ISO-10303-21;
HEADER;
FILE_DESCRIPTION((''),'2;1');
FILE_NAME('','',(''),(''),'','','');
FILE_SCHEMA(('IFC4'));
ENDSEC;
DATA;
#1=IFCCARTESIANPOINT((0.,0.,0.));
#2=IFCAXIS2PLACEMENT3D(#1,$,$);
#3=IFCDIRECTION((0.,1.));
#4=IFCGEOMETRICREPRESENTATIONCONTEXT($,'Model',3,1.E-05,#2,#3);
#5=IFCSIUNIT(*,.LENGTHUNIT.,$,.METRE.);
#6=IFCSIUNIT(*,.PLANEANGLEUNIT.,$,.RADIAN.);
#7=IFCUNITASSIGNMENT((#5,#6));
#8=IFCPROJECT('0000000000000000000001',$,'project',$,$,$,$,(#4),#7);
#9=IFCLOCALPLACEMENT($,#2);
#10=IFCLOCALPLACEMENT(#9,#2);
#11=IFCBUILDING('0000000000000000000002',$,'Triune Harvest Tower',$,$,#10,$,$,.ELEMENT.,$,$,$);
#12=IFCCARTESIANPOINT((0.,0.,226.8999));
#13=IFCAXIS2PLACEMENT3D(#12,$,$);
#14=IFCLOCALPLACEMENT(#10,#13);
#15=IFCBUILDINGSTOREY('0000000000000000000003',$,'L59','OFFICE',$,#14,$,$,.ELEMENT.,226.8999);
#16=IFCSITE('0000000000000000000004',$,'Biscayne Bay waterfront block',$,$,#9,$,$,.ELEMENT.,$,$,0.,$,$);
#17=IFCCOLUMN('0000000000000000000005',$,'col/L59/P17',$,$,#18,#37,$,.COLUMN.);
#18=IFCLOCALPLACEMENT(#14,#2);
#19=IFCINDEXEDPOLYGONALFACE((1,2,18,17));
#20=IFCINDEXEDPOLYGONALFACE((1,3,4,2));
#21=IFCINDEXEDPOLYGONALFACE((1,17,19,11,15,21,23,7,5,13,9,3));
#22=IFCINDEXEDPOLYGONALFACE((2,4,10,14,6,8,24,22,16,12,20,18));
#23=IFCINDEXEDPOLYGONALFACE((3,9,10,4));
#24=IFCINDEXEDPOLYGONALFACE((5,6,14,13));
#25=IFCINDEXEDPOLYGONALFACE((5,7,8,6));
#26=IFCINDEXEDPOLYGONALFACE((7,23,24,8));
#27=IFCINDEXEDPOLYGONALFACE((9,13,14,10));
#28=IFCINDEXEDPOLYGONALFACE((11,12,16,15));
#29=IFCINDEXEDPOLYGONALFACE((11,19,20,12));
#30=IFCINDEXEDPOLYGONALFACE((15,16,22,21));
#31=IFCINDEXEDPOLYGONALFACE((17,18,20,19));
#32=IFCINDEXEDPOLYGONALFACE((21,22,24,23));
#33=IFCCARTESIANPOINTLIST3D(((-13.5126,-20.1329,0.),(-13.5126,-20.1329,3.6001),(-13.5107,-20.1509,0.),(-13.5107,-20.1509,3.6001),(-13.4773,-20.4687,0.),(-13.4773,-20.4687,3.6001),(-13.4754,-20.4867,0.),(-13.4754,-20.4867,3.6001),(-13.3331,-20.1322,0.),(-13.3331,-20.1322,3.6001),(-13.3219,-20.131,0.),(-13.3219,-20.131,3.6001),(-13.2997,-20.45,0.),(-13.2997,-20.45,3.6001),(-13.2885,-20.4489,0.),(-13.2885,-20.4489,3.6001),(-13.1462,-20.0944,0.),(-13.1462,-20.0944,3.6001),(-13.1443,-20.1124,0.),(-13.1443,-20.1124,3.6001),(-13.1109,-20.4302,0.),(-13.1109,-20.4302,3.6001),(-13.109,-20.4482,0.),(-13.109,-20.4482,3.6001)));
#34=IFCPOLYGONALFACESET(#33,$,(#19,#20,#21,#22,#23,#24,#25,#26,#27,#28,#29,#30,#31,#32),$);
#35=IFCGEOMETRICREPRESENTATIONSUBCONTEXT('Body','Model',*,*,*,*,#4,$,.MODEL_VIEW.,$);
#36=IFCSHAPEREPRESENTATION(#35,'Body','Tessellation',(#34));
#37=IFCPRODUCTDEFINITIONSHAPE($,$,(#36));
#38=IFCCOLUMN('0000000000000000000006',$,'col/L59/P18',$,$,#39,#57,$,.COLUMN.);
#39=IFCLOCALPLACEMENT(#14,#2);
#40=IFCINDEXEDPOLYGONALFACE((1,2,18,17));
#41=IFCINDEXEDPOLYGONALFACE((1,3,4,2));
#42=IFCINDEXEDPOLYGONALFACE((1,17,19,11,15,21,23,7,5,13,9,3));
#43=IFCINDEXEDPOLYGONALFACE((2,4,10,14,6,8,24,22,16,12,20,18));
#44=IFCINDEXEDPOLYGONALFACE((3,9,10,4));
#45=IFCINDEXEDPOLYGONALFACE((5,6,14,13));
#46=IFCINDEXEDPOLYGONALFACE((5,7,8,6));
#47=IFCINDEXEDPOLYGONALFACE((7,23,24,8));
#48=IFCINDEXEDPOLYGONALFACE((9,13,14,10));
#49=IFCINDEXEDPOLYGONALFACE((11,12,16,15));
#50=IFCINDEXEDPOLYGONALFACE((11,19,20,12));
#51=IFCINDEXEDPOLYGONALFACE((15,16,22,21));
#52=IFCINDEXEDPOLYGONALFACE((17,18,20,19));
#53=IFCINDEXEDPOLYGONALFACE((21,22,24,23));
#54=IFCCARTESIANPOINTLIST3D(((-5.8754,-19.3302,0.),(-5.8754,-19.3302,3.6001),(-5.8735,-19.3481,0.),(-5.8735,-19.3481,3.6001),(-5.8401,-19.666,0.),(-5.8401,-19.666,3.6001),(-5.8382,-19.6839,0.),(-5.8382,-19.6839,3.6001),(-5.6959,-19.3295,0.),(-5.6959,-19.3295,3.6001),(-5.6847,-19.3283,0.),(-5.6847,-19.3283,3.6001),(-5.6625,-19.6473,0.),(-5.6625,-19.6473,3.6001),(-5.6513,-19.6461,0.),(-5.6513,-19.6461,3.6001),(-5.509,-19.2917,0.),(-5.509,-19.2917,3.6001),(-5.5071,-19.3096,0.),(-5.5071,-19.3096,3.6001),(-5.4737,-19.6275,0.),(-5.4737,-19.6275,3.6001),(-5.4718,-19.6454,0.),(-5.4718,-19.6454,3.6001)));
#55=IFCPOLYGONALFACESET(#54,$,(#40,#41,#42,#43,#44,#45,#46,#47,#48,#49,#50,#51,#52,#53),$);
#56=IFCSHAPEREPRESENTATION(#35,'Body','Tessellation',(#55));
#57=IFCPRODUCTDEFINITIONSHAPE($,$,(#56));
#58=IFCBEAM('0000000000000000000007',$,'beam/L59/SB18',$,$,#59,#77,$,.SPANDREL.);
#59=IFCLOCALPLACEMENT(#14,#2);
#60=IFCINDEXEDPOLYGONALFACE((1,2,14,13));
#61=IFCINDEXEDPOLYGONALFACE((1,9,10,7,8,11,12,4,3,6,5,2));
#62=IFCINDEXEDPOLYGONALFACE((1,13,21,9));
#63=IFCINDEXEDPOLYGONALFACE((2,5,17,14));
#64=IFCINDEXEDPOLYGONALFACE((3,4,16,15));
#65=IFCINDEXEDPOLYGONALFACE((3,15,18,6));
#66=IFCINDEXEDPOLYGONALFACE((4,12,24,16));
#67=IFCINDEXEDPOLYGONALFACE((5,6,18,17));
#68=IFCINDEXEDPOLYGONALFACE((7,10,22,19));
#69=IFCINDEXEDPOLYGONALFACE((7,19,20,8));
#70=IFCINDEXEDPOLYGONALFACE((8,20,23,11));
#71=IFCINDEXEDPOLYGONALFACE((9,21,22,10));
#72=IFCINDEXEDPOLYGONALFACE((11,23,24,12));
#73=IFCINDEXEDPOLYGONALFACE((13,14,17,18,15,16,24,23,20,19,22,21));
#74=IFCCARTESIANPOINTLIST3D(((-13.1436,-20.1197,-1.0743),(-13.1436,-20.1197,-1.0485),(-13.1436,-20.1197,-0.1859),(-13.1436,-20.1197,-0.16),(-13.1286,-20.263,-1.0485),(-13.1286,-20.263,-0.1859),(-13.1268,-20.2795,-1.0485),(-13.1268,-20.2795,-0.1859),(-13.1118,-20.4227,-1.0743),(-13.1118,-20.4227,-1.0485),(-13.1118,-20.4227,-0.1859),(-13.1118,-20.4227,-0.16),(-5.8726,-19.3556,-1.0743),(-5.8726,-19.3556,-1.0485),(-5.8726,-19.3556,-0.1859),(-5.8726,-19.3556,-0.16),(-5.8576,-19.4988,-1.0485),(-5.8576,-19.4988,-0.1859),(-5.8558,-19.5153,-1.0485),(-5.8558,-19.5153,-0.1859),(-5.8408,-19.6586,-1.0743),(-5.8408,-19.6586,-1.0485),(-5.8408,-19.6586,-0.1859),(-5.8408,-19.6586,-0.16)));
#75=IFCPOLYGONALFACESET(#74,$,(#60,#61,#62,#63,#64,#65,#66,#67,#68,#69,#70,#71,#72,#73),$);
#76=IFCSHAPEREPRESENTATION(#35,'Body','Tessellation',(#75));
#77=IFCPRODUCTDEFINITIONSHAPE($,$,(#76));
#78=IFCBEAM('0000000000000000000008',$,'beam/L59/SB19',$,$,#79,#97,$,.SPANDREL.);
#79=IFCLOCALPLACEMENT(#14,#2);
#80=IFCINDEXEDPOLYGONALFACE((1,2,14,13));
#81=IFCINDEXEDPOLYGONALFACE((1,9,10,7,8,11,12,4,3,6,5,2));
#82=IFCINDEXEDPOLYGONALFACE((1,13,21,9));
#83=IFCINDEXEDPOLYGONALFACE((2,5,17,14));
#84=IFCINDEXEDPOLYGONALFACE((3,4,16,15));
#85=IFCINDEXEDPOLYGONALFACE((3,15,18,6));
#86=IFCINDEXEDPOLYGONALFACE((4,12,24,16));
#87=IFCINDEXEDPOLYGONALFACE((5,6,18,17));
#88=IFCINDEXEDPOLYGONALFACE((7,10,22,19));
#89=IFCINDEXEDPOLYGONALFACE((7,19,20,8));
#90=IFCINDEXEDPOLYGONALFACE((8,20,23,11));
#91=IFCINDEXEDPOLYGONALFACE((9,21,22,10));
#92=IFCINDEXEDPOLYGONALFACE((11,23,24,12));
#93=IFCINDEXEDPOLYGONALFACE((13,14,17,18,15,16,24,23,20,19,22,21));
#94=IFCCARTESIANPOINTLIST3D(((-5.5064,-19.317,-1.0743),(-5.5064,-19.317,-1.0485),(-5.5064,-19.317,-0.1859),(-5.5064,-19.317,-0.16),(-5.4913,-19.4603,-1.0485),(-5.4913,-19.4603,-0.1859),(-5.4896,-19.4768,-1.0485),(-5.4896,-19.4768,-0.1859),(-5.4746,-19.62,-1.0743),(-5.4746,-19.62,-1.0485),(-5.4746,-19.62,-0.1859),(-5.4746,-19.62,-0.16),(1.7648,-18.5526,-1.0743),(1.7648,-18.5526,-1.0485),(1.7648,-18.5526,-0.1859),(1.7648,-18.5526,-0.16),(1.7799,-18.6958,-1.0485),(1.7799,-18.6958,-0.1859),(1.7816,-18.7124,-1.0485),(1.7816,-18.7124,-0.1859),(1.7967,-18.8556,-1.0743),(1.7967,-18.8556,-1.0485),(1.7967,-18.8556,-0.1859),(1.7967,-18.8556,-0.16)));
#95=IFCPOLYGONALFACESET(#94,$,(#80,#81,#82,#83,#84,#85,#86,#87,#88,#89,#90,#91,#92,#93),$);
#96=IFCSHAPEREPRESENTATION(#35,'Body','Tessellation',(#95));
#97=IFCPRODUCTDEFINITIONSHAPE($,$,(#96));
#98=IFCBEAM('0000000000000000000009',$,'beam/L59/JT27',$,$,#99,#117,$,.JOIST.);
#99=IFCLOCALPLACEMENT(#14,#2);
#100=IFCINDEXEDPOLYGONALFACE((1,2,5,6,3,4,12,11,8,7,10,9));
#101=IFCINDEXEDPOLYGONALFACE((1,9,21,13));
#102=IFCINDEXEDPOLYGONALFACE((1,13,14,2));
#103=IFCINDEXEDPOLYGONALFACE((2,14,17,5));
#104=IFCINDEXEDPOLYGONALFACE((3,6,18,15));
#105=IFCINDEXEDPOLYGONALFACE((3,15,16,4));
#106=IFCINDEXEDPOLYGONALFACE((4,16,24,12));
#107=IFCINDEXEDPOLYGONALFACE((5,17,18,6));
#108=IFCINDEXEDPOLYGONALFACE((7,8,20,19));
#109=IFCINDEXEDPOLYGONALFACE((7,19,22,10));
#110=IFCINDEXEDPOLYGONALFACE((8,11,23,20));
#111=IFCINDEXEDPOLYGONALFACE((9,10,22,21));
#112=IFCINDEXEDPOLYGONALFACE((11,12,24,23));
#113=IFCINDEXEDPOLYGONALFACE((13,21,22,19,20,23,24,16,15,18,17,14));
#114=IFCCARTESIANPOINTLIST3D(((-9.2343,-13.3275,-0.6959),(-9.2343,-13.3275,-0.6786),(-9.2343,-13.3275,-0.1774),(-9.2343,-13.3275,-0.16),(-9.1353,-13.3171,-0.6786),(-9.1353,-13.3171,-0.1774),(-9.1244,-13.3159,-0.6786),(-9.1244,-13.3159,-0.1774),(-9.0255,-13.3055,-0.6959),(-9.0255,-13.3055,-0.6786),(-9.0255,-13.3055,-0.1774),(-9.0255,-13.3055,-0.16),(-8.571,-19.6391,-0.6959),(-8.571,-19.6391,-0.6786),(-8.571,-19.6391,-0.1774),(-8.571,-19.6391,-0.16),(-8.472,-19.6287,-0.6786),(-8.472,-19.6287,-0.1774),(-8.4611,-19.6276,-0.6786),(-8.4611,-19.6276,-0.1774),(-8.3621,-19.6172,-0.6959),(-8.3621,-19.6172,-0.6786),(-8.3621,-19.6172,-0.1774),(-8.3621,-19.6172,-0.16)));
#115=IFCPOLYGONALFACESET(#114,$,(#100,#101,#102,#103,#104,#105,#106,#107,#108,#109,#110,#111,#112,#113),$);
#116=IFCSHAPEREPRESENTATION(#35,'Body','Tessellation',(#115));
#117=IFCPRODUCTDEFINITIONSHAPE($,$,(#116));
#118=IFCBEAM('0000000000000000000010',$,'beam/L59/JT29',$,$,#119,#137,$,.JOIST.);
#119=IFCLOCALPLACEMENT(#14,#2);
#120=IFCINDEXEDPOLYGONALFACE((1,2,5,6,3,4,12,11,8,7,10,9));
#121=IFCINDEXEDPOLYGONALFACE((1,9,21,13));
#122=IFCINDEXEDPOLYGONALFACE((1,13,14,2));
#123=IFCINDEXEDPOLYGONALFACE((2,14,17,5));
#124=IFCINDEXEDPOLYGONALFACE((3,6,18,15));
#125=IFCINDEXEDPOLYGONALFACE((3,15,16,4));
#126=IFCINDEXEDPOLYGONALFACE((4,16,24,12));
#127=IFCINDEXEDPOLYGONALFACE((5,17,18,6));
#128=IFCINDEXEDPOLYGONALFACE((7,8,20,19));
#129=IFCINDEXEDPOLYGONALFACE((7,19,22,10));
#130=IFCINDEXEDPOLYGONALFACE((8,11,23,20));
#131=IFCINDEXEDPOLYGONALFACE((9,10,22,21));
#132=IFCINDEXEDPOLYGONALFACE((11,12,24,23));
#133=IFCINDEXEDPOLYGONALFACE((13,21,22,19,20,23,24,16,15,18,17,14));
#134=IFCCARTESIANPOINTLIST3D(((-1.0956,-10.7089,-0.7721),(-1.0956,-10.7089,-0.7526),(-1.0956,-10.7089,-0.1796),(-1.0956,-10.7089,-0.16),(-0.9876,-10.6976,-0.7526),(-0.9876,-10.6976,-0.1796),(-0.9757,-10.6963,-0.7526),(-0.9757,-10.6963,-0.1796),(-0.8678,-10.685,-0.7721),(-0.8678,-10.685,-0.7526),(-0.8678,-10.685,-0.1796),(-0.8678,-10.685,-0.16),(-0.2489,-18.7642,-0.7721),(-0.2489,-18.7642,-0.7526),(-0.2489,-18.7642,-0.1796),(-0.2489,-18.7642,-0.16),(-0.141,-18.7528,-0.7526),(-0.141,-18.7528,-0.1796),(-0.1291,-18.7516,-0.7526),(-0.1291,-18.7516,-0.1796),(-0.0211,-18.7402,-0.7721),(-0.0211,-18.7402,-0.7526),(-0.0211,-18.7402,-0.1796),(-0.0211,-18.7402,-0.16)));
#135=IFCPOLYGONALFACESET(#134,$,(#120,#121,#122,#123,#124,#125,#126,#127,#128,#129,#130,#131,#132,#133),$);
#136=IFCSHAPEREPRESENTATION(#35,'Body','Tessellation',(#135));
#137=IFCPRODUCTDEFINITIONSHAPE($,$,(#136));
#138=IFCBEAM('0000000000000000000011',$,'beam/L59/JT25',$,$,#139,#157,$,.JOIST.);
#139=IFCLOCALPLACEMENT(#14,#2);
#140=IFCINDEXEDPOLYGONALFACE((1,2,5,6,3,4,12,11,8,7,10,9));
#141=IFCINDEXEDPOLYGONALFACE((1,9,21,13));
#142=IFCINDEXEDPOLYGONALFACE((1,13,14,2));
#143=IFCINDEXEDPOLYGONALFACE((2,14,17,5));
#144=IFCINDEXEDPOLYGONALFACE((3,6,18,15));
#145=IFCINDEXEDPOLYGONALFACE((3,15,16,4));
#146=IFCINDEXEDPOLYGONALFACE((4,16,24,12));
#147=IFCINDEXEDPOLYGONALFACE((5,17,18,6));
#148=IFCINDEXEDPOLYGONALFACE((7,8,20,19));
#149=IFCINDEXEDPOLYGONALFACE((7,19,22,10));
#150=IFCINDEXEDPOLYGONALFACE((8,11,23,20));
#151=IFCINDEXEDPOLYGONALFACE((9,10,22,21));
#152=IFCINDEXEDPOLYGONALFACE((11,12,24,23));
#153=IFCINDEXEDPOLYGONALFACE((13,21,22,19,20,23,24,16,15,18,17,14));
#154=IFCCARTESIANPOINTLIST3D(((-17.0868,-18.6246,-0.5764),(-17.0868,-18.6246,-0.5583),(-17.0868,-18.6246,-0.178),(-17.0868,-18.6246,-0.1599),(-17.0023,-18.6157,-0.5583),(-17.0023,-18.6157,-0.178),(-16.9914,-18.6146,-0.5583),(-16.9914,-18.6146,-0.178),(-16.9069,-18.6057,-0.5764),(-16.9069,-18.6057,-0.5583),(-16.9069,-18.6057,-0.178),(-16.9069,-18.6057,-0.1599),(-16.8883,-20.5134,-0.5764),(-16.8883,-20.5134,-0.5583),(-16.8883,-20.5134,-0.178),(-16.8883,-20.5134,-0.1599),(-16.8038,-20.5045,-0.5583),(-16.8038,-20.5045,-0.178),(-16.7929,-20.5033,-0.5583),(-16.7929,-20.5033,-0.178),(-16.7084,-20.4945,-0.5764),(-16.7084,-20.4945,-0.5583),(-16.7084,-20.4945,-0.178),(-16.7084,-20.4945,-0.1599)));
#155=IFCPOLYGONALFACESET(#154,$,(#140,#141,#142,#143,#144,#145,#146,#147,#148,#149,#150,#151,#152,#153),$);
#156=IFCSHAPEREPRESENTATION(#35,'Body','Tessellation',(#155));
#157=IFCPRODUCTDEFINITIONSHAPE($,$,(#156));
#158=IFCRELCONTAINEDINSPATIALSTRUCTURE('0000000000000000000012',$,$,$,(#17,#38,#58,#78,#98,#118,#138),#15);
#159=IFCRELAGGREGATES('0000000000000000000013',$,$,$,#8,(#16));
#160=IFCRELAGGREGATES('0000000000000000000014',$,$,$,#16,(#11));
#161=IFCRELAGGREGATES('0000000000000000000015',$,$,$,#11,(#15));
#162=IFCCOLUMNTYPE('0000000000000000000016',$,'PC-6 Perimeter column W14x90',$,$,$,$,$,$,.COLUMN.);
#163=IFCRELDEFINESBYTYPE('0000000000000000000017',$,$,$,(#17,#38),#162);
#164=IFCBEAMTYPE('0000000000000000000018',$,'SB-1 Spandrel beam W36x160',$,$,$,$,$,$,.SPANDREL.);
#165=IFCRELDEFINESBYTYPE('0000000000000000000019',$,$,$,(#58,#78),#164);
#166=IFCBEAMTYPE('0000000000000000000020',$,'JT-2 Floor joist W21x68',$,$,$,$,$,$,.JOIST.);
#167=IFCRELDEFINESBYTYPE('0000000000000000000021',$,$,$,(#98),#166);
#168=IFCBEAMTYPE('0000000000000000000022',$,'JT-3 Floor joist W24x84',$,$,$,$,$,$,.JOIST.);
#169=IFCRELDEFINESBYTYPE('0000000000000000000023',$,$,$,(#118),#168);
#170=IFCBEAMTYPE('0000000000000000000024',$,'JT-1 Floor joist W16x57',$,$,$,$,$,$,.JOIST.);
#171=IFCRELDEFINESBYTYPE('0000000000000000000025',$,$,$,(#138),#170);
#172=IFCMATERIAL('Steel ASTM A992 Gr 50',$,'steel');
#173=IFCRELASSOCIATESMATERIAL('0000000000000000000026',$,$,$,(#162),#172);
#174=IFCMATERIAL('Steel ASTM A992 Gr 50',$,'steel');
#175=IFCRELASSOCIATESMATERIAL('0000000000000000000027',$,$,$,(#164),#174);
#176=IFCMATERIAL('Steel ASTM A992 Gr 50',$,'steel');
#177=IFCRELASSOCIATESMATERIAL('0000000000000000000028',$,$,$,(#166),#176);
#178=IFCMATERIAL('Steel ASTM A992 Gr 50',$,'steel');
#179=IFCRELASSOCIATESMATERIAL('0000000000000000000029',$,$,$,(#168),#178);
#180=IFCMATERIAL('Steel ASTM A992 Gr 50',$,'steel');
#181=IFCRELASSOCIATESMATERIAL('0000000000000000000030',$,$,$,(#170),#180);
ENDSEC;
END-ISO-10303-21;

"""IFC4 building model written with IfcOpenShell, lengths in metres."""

from ifc_helpers import new_model, si_unit, direction, frame, origin, origin_2d, place, context, subcontext, project, spatial, i_section, extrude, source, transform, mapped, material, material_profile, profile_set, type_object, element, save


model = new_model("IFC4")

# Units and contexts
model_context = context("Model", 3, precision=1e-05, world=origin(), true_north=direction((0.0, 1.0)))
body_context = subcontext(model_context, "Body", "Model", "MODEL_VIEW")
ifc_project = project(units=[si_unit("LENGTHUNIT", "METRE"), si_unit("PLANEANGLEUNIT", "RADIAN")], contexts=[model_context])

# Site, building, storey
site_placement = place(None, origin())
site = spatial("IfcSite", under=ifc_project, at=site_placement, Name="Biscayne Bay waterfront block", CompositionType="ELEMENT", RefElevation=0.0)
building_placement = place(site_placement, origin())
building = spatial("IfcBuilding", under=site, at=building_placement, Name="Triune Harvest Tower", CompositionType="ELEMENT")
storey_placement = place(building_placement, frame((0.0, 0.0, 226.8999)))
storey = spatial("IfcBuildingStorey", under=building, at=storey_placement, Name="L59", Description="OFFICE", CompositionType="ELEMENT", Elevation=226.8999)

# Columns
ifc_material_1 = material(Name="Steel ASTM A992 Gr 50", Category="steel")
ifc_material_profile_1 = material_profile(ifc_material_1, i_section(OverallWidth=0.3684, OverallDepth=0.3557, WebThickness=0.0112, FlangeThickness=0.0181, at=origin_2d()), Name="W14x90")
ifc_profile_set_1 = profile_set([ifc_material_profile_1], Name="Steel ASTM A992 Gr 50")
column_type = type_object("IfcColumnType", Name="PC-6 Perimeter column W14x90", PredefinedType="COLUMN", material=ifc_profile_set_1)
shared_shape_1 = source(origin(), body_context, "Body", "SweptSolid", [
    extrude(i_section(OverallWidth=0.3684, OverallDepth=0.3557, WebThickness=0.0112, FlangeThickness=0.0181, at=origin_2d()), origin(), (0.0, 0.0, 1.0), 3.6001),
])
for number, where, z_axis, x_axis, name in (
    (1, (-13.3108, -20.2905, 0.0), (0.0, 0.0, 1.0), (0.994522, 0.10453, 0.0), "col/L59/P17"),
    (2, (-5.6736, -19.4878, 0.0), (0.0, 0.0, 1.0), (0.994522, 0.10453, 0.0), "col/L59/P18"),
):
    element("IfcColumn", number, at=place(storey_placement, frame(where, z_axis=z_axis, x_axis=x_axis)), inside=storey, type_object=column_type, Name=name, PredefinedType="COLUMN", context=body_context, shape_type="MappedRepresentation", body=[
        mapped(shared_shape_1, transform((0.0, 0.0, 0.0), scale=1.0)),
    ])

# Beams
ifc_material_2 = material(Name="Steel ASTM A992 Gr 50", Category="steel")
ifc_material_profile_2 = material_profile(ifc_material_2, i_section(OverallWidth=0.3047, OverallDepth=0.9143, WebThickness=0.0166, FlangeThickness=0.0259, at=origin_2d()), Name="W36x160")
ifc_profile_set_2 = profile_set([ifc_material_profile_2], Name="Steel ASTM A992 Gr 50")
beam_type_1 = type_object("IfcBeamType", Name="SB-1 Spandrel beam W36x160", PredefinedType="SPANDREL", material=ifc_profile_set_2)
shared_shape_2 = source(origin(), body_context, "Body", "SweptSolid", [
    extrude(i_section(OverallWidth=0.3047, OverallDepth=0.9143, WebThickness=0.0166, FlangeThickness=0.0259, at=origin_2d()), origin(), (0.0, 0.0, 1.0), 7.311),
])
beam_1_placement = place(storey_placement, frame((-13.1277, -20.2712, -0.6172), z_axis=(0.994523, 0.104521, 0.0), x_axis=(-0.104521, 0.994523, 0.0)))
element("IfcBeam", 3, at=beam_1_placement, inside=storey, type_object=beam_type_1, Name="beam/L59/SB18", PredefinedType="SPANDREL", context=body_context, shape_type="MappedRepresentation", body=[
    mapped(shared_shape_2, transform((0.0, 0.0, 0.0), scale=1.0)),
])
shared_shape_3 = source(origin(), body_context, "Body", "SweptSolid", [
    extrude(i_section(OverallWidth=0.3047, OverallDepth=0.9143, WebThickness=0.0166, FlangeThickness=0.0259, at=origin_2d()), origin(), (0.0, 0.0, 1.0), 7.3113),
])
beam_2_placement = place(storey_placement, frame((-5.4905, -19.4685, -0.6172), z_axis=(0.99452, 0.104551, 0.0), x_axis=(-0.104551, 0.99452, 0.0)))
element("IfcBeam", 4, at=beam_2_placement, inside=storey, type_object=beam_type_1, Name="beam/L59/SB19", PredefinedType="SPANDREL", context=body_context, shape_type="MappedRepresentation", body=[
    mapped(shared_shape_3, transform((0.0, 0.0, 0.0), scale=1.0)),
])
ifc_material_3 = material(Name="Steel ASTM A992 Gr 50", Category="steel")
ifc_material_profile_3 = material_profile(ifc_material_3, i_section(OverallWidth=0.21, OverallDepth=0.5359, WebThickness=0.011, FlangeThickness=0.0173, at=origin_2d()), Name="W21x68")
ifc_profile_set_3 = profile_set([ifc_material_profile_3], Name="Steel ASTM A992 Gr 50")
beam_type_2 = type_object("IfcBeamType", Name="JT-2 Floor joist W21x68", PredefinedType="JOIST", material=ifc_profile_set_3)
shared_shape_4 = source(origin(), body_context, "Body", "SweptSolid", [
    extrude(i_section(OverallWidth=0.21, OverallDepth=0.5359, WebThickness=0.011, FlangeThickness=0.0173, at=origin_2d()), origin(), (0.0, 0.0, 1.0), 6.3464),
])
beam_3_placement = place(storey_placement, frame((-8.4666, -19.6282, -0.428), z_axis=(-0.104519, 0.994523, 0.0), x_axis=(-0.994523, -0.104519, 0.0)))
element("IfcBeam", 5, at=beam_3_placement, inside=storey, type_object=beam_type_2, Name="beam/L59/JT27", PredefinedType="JOIST", context=body_context, shape_type="MappedRepresentation", body=[
    mapped(shared_shape_4, transform((0.0, 0.0, 0.0), scale=1.0)),
])
ifc_material_4 = material(Name="Steel ASTM A992 Gr 50", Category="steel")
ifc_material_profile_4 = material_profile(ifc_material_4, i_section(OverallWidth=0.229, OverallDepth=0.6121, WebThickness=0.012, FlangeThickness=0.0195, at=origin_2d()), Name="W24x84")
ifc_profile_set_4 = profile_set([ifc_material_profile_4], Name="Steel ASTM A992 Gr 50")
beam_type_3 = type_object("IfcBeamType", Name="JT-3 Floor joist W24x84", PredefinedType="JOIST", material=ifc_profile_set_4)
shared_shape_5 = source(origin(), body_context, "Body", "SweptSolid", [
    extrude(i_section(OverallWidth=0.229, OverallDepth=0.6121, WebThickness=0.012, FlangeThickness=0.0195, at=origin_2d()), origin(), (0.0, 0.0, 1.0), 8.0996),
])
beam_4_placement = place(storey_placement, frame((-0.135, -18.7522, -0.4661), z_axis=(-0.104534, 0.994521, 0.0), x_axis=(-0.994521, -0.104534, 0.0)))
element("IfcBeam", 6, at=beam_4_placement, inside=storey, type_object=beam_type_3, Name="beam/L59/JT29", PredefinedType="JOIST", context=body_context, shape_type="MappedRepresentation", body=[
    mapped(shared_shape_5, transform((0.0, 0.0, 0.0), scale=1.0)),
])
ifc_material_5 = material(Name="Steel ASTM A992 Gr 50", Category="steel")
ifc_material_profile_5 = material_profile(ifc_material_5, i_section(OverallWidth=0.1809, OverallDepth=0.4165, WebThickness=0.011, FlangeThickness=0.0181, at=origin_2d()), Name="W16x57")
ifc_profile_set_5 = profile_set([ifc_material_profile_5], Name="Steel ASTM A992 Gr 50")
beam_type_4 = type_object("IfcBeamType", Name="JT-1 Floor joist W16x57", PredefinedType="JOIST", material=ifc_profile_set_5)
shared_shape_6 = source(origin(), body_context, "Body", "SweptSolid", [
    extrude(i_section(OverallWidth=0.1809, OverallDepth=0.4165, WebThickness=0.011, FlangeThickness=0.0181, at=origin_2d()), origin(), (0.0, 0.0, 1.0), 1.8992),
])
beam_5_placement = place(storey_placement, frame((-16.7983, -20.5039, -0.3682), z_axis=(-0.104517, 0.994523, 0.0), x_axis=(-0.994523, -0.104517, 0.0)))
element("IfcBeam", 7, at=beam_5_placement, inside=storey, type_object=beam_type_4, Name="beam/L59/JT25", PredefinedType="JOIST", context=body_context, shape_type="MappedRepresentation", body=[
    mapped(shared_shape_6, transform((0.0, 0.0, 0.0), scale=1.0)),
])

save(model, "model.ifc")
